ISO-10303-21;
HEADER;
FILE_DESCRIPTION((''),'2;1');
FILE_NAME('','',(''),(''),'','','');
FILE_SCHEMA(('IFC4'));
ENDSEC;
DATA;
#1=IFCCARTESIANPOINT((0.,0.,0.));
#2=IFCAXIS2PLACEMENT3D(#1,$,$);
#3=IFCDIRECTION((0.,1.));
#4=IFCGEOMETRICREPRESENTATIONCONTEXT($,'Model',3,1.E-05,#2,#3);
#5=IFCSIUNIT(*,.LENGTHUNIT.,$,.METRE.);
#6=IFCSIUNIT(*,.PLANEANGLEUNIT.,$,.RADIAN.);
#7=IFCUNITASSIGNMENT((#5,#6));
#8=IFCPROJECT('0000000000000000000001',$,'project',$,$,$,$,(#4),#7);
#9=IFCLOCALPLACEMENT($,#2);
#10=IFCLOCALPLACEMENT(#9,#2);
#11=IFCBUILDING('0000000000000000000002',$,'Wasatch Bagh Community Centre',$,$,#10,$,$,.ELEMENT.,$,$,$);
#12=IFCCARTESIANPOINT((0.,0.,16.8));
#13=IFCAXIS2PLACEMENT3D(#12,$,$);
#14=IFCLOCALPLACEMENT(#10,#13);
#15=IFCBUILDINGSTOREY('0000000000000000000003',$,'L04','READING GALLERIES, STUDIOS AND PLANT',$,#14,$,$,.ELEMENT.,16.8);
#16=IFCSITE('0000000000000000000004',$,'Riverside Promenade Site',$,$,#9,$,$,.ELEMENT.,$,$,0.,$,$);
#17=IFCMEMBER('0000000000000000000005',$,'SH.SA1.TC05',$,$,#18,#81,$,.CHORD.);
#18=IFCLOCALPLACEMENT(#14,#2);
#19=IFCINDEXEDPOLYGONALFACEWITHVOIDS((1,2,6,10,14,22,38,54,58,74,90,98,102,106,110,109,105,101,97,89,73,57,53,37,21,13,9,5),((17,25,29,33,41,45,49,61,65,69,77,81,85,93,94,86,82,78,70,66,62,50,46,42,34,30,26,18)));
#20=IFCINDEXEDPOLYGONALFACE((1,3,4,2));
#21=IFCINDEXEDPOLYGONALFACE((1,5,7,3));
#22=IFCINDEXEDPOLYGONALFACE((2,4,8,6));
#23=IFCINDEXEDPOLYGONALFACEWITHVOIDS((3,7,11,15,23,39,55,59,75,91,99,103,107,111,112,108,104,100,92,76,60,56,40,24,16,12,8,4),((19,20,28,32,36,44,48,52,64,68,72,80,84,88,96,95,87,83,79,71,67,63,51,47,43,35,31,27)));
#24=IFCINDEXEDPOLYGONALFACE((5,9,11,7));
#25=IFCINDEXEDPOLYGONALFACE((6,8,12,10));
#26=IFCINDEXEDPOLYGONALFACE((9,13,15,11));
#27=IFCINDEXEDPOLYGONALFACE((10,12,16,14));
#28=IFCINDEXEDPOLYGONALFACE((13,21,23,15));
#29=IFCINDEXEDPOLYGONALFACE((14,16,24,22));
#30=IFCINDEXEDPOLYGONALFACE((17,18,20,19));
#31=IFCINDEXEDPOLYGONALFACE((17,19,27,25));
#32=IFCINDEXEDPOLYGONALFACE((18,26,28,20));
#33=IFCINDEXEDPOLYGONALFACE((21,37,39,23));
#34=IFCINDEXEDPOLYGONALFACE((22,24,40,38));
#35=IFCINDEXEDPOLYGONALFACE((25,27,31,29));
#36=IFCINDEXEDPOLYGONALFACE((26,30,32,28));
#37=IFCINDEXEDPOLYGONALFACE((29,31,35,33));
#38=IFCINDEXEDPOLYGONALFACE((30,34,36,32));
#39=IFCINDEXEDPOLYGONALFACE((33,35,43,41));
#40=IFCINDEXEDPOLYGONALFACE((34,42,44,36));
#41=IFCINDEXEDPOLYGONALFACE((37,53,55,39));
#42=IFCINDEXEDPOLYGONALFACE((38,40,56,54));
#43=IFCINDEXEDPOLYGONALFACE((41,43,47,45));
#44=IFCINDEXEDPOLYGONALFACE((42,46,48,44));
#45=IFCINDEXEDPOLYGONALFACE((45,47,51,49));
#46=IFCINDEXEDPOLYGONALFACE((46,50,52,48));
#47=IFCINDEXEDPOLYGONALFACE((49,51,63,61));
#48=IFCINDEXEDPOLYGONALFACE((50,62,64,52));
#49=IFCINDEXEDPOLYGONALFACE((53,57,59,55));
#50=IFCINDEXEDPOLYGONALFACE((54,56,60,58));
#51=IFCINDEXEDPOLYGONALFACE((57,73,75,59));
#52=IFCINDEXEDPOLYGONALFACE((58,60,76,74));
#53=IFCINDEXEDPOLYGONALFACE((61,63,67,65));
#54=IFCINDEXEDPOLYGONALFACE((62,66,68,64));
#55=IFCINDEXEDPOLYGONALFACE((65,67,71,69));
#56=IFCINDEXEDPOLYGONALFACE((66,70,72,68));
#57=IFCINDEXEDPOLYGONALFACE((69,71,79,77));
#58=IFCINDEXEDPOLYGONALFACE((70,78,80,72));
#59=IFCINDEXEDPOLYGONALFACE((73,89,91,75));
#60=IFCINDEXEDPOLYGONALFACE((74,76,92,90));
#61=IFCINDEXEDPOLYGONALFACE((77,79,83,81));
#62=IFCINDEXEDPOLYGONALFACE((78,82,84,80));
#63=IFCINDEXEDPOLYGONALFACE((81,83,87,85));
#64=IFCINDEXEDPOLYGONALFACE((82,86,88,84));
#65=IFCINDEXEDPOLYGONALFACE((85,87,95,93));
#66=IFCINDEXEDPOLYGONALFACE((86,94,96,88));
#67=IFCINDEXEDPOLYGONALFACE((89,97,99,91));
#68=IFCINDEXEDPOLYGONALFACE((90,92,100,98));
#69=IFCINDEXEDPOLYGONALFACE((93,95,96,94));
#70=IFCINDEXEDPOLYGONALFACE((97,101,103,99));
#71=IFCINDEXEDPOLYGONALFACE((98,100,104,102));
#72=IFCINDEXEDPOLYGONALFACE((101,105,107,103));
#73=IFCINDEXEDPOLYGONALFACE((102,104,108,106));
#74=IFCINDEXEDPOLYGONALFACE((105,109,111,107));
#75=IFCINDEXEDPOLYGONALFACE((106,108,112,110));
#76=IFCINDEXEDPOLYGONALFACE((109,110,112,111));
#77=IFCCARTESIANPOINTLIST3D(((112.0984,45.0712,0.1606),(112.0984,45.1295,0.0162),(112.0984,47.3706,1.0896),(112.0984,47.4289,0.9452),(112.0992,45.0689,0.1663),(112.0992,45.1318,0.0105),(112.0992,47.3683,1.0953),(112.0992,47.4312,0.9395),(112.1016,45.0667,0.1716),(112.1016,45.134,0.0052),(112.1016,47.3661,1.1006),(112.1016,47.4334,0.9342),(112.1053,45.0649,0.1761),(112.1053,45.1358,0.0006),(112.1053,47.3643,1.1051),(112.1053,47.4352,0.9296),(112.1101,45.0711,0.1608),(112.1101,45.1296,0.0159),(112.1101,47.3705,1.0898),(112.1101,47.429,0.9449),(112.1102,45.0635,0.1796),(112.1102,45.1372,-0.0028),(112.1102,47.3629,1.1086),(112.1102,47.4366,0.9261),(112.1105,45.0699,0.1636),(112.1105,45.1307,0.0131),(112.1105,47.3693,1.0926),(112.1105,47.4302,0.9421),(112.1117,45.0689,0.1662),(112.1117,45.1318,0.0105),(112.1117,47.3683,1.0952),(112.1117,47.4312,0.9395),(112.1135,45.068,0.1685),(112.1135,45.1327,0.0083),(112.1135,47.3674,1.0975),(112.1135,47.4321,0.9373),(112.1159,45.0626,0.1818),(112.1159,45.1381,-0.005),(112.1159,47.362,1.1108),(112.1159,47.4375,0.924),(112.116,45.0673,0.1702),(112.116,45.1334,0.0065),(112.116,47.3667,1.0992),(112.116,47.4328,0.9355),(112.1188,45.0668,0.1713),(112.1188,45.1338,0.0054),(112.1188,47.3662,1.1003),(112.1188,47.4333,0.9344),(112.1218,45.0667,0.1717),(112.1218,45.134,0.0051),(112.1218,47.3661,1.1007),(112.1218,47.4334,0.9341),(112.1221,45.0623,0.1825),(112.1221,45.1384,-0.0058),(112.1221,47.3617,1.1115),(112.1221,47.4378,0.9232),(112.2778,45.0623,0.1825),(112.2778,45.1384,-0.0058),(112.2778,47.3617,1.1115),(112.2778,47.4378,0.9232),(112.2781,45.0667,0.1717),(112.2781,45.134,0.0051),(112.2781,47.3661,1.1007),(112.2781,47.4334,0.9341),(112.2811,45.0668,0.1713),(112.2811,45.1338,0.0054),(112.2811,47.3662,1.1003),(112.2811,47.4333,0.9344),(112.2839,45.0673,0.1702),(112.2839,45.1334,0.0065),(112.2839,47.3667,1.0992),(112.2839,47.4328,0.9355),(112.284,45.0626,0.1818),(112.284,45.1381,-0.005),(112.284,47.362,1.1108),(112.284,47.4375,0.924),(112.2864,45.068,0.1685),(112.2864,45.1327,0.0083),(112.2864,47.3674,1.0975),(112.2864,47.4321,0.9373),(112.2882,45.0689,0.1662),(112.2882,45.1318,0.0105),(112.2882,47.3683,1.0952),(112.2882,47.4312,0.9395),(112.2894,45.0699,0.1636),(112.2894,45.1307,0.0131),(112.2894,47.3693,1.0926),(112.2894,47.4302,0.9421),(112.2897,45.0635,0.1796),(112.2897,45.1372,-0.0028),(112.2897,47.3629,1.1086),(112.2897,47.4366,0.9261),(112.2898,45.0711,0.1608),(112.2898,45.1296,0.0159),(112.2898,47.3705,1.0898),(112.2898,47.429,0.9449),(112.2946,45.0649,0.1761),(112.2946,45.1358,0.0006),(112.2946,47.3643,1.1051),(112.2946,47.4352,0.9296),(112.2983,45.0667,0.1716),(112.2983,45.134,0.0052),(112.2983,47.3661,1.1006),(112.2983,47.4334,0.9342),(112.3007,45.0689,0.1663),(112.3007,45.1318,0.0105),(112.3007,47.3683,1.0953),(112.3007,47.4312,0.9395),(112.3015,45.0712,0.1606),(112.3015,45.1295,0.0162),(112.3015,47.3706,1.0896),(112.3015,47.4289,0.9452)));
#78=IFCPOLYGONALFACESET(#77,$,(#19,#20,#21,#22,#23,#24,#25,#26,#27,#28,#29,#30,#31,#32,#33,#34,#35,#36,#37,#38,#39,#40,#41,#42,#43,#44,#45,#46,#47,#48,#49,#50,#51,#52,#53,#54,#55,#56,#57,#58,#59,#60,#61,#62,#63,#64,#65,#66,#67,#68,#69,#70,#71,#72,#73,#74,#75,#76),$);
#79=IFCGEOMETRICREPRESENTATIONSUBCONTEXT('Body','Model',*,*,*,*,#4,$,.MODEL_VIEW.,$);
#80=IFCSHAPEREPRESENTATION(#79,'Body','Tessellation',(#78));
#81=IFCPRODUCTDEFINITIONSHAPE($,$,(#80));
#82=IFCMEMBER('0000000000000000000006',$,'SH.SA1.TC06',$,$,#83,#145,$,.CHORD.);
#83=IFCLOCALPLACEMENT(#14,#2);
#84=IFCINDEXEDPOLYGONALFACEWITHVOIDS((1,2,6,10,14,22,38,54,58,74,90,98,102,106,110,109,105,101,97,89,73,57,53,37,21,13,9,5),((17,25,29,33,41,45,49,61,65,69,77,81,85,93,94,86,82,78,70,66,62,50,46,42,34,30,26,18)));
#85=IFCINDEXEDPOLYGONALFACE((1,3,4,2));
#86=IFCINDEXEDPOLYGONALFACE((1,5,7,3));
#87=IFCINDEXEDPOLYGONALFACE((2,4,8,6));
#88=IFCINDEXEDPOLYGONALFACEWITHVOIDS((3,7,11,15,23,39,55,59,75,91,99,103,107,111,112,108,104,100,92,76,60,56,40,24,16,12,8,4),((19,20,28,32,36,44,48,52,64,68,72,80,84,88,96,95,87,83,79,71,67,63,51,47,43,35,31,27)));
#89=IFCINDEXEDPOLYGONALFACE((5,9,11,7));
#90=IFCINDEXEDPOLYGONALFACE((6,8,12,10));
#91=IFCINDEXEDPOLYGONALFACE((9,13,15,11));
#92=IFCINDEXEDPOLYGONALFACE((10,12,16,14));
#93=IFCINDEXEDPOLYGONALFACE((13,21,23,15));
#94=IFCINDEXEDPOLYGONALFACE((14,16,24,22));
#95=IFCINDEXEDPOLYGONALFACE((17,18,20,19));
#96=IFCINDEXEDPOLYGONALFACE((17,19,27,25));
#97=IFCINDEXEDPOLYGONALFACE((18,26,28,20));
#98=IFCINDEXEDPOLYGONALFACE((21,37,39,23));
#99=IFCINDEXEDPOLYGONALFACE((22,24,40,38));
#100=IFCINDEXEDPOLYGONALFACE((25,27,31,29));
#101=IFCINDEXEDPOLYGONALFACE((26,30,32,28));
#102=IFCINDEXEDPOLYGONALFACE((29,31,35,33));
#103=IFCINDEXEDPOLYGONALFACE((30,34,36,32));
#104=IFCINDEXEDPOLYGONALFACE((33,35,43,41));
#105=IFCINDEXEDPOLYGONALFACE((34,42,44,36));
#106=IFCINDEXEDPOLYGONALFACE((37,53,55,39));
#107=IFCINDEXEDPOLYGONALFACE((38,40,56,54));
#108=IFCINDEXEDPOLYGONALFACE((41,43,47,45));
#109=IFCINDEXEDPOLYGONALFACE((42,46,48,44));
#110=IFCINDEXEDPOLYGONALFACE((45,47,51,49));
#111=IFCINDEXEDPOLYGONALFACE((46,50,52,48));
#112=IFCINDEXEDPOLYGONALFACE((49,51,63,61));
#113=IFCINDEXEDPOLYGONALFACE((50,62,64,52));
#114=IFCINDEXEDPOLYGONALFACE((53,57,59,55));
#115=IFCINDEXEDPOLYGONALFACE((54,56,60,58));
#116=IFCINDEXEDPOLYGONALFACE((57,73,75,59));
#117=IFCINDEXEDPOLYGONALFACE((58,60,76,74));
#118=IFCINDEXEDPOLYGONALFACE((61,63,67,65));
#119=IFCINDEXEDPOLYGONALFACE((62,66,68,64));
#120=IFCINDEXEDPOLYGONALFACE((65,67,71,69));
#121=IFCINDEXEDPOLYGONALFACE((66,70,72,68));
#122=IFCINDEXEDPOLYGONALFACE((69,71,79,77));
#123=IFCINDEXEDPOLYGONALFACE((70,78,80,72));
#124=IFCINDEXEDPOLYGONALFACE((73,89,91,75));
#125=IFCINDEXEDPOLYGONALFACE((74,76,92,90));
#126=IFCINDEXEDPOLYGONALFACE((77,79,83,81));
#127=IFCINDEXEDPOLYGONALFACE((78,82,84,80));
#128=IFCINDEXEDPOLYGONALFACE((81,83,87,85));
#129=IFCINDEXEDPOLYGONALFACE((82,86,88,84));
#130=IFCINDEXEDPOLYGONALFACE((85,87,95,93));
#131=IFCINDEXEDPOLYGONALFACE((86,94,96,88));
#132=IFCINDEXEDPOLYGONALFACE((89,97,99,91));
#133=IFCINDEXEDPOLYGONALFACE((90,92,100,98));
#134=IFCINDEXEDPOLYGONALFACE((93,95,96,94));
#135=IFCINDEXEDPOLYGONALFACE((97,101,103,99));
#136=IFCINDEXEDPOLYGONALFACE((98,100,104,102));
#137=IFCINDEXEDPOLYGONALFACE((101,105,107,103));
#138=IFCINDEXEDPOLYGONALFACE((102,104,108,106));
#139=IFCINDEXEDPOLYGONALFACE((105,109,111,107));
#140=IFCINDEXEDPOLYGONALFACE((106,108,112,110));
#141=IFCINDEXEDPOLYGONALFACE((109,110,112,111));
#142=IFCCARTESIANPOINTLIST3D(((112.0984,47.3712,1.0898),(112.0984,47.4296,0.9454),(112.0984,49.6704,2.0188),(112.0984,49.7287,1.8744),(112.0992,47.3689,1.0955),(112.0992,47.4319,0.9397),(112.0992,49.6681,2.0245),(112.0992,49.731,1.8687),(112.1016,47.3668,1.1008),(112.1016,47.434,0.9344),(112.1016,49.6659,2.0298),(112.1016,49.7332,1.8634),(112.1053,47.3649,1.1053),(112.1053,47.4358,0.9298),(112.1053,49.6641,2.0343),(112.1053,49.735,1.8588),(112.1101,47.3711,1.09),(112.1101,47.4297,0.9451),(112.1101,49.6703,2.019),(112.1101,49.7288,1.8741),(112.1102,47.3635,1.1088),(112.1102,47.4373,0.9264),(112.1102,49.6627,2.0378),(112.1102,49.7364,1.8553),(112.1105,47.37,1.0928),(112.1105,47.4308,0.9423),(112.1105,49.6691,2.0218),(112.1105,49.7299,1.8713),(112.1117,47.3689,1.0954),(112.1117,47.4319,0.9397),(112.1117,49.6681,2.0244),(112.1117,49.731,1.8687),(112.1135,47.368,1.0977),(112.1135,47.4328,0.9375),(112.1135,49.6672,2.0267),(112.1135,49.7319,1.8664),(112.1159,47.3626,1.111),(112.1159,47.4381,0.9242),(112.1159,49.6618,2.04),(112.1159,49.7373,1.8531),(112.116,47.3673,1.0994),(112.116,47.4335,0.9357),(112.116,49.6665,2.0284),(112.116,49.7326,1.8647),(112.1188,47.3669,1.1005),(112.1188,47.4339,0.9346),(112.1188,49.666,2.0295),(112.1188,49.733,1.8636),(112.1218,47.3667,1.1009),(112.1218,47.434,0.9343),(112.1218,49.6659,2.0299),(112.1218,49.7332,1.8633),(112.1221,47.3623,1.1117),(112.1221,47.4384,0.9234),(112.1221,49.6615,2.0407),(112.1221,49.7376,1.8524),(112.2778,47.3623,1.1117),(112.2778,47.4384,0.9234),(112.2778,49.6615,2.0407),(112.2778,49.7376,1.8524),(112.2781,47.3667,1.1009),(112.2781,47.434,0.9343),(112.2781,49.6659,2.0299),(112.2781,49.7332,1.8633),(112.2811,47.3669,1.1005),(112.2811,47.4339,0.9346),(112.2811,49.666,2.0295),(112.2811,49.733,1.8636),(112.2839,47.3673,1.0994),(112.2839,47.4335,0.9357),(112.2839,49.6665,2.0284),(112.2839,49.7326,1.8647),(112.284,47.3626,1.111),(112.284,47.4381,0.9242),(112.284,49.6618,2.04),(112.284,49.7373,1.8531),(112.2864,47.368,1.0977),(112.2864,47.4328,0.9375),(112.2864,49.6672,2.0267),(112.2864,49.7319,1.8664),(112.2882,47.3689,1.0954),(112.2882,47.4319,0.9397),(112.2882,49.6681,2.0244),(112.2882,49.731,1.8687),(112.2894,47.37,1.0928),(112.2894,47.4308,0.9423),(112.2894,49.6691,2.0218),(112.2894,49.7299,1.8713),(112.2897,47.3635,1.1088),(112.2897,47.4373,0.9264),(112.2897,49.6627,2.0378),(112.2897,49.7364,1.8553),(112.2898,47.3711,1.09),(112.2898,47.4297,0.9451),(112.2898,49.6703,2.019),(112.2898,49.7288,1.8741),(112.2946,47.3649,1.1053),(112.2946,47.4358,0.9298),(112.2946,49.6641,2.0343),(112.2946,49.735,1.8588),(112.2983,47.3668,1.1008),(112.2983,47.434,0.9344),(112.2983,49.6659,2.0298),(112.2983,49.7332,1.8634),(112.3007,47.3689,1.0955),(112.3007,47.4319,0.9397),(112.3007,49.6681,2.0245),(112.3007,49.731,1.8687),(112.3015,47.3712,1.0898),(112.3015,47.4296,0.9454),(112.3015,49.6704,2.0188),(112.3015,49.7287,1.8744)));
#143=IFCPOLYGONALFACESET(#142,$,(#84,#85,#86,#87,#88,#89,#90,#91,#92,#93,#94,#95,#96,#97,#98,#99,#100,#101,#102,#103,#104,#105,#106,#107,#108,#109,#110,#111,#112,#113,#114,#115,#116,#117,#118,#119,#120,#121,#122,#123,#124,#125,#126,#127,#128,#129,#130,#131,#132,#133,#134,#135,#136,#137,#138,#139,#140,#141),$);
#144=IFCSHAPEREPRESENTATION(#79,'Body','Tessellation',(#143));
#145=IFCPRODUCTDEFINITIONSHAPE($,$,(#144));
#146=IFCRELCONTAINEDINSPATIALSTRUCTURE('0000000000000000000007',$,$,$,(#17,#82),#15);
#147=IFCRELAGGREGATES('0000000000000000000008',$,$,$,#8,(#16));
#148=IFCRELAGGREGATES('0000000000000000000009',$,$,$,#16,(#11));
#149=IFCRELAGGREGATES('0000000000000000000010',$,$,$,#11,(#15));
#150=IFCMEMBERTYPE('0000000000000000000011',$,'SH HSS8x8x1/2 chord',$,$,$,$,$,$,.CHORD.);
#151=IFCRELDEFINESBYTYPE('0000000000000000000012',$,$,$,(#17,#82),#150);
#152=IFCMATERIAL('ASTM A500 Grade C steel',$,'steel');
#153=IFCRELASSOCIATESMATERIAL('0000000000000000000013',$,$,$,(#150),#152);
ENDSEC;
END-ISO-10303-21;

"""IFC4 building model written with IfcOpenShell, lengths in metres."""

from ifc_helpers import new_model, si_unit, direction, frame, origin, origin_2d, place, context, subcontext, project, spatial, hollow_rectangle, extrude, material, material_profile, profile_set, type_object, element, save


model = new_model("IFC4")

# Units and contexts
model_context = context("Model", 3, precision=1e-05, world=origin(), true_north=direction((0.0, 1.0)))
body_context = subcontext(model_context, "Body", "Model", "MODEL_VIEW")
ifc_project = project(units=[si_unit("LENGTHUNIT", "METRE"), si_unit("PLANEANGLEUNIT", "RADIAN")], contexts=[model_context])

# Site, building, storey
site_placement = place(None, origin())
site = spatial("IfcSite", under=ifc_project, at=site_placement, Name="Riverside Promenade Site", CompositionType="ELEMENT", RefElevation=0.0)
building_placement = place(site_placement, origin())
building = spatial("IfcBuilding", under=site, at=building_placement, Name="Wasatch Bagh Community Centre", CompositionType="ELEMENT")
storey_placement = place(building_placement, frame((0.0, 0.0, 16.8)))
storey = spatial("IfcBuildingStorey", under=building, at=storey_placement, Name="L04", Description="READING GALLERIES, STUDIOS AND PLANT", CompositionType="ELEMENT", Elevation=16.8)

# Members
ifc_material_1 = material(Name="ASTM A500 Grade C steel", Category="steel")
ifc_material_profile_1 = material_profile(ifc_material_1, hollow_rectangle(XDim=0.2031, YDim=0.2031, WallThickness=0.0117, InnerFilletRadius=0.0117, OuterFilletRadius=0.0237, at=origin_2d()), Name="HSS8x8x1/2")
ifc_profile_set_1 = profile_set([ifc_material_profile_1], Name="ASTM A500 Grade C steel")
member_type_1 = type_object("IfcMemberType", Name="SH HSS8x8x1/2 chord", PredefinedType="CHORD", material=ifc_profile_set_1)
member_1_placement = place(storey_placement, frame((112.2, 45.1003, 0.0884), z_axis=(0.0, 0.927188, 0.374597), x_axis=(-1.0, 0.0, 0.0)))
element("IfcMember", 1, at=member_1_placement, inside=storey, type_object=member_type_1, Name="SH.SA1.TC05", PredefinedType="CHORD", context=body_context, shape_type="SweptSolid", body=[
    extrude(hollow_rectangle(XDim=0.2031, YDim=0.2031, WallThickness=0.0117, InnerFilletRadius=0.0117, OuterFilletRadius=0.0237, at=origin_2d()), origin(), (0.0, 0.0, 1.0), 2.48),
])
member_2_placement = place(storey_placement, frame((112.2, 47.4004, 1.0176), z_axis=(0.0, 0.927174, 0.374631), x_axis=(-1.0, 0.0, 0.0)))
element("IfcMember", 2, at=member_2_placement, inside=storey, type_object=member_type_1, Name="SH.SA1.TC06", PredefinedType="CHORD", context=body_context, shape_type="SweptSolid", body=[
    extrude(hollow_rectangle(XDim=0.2031, YDim=0.2031, WallThickness=0.0117, InnerFilletRadius=0.0117, OuterFilletRadius=0.0237, at=origin_2d()), origin(), (0.0, 0.0, 1.0), 2.4797),
])

save(model, "model.ifc")
